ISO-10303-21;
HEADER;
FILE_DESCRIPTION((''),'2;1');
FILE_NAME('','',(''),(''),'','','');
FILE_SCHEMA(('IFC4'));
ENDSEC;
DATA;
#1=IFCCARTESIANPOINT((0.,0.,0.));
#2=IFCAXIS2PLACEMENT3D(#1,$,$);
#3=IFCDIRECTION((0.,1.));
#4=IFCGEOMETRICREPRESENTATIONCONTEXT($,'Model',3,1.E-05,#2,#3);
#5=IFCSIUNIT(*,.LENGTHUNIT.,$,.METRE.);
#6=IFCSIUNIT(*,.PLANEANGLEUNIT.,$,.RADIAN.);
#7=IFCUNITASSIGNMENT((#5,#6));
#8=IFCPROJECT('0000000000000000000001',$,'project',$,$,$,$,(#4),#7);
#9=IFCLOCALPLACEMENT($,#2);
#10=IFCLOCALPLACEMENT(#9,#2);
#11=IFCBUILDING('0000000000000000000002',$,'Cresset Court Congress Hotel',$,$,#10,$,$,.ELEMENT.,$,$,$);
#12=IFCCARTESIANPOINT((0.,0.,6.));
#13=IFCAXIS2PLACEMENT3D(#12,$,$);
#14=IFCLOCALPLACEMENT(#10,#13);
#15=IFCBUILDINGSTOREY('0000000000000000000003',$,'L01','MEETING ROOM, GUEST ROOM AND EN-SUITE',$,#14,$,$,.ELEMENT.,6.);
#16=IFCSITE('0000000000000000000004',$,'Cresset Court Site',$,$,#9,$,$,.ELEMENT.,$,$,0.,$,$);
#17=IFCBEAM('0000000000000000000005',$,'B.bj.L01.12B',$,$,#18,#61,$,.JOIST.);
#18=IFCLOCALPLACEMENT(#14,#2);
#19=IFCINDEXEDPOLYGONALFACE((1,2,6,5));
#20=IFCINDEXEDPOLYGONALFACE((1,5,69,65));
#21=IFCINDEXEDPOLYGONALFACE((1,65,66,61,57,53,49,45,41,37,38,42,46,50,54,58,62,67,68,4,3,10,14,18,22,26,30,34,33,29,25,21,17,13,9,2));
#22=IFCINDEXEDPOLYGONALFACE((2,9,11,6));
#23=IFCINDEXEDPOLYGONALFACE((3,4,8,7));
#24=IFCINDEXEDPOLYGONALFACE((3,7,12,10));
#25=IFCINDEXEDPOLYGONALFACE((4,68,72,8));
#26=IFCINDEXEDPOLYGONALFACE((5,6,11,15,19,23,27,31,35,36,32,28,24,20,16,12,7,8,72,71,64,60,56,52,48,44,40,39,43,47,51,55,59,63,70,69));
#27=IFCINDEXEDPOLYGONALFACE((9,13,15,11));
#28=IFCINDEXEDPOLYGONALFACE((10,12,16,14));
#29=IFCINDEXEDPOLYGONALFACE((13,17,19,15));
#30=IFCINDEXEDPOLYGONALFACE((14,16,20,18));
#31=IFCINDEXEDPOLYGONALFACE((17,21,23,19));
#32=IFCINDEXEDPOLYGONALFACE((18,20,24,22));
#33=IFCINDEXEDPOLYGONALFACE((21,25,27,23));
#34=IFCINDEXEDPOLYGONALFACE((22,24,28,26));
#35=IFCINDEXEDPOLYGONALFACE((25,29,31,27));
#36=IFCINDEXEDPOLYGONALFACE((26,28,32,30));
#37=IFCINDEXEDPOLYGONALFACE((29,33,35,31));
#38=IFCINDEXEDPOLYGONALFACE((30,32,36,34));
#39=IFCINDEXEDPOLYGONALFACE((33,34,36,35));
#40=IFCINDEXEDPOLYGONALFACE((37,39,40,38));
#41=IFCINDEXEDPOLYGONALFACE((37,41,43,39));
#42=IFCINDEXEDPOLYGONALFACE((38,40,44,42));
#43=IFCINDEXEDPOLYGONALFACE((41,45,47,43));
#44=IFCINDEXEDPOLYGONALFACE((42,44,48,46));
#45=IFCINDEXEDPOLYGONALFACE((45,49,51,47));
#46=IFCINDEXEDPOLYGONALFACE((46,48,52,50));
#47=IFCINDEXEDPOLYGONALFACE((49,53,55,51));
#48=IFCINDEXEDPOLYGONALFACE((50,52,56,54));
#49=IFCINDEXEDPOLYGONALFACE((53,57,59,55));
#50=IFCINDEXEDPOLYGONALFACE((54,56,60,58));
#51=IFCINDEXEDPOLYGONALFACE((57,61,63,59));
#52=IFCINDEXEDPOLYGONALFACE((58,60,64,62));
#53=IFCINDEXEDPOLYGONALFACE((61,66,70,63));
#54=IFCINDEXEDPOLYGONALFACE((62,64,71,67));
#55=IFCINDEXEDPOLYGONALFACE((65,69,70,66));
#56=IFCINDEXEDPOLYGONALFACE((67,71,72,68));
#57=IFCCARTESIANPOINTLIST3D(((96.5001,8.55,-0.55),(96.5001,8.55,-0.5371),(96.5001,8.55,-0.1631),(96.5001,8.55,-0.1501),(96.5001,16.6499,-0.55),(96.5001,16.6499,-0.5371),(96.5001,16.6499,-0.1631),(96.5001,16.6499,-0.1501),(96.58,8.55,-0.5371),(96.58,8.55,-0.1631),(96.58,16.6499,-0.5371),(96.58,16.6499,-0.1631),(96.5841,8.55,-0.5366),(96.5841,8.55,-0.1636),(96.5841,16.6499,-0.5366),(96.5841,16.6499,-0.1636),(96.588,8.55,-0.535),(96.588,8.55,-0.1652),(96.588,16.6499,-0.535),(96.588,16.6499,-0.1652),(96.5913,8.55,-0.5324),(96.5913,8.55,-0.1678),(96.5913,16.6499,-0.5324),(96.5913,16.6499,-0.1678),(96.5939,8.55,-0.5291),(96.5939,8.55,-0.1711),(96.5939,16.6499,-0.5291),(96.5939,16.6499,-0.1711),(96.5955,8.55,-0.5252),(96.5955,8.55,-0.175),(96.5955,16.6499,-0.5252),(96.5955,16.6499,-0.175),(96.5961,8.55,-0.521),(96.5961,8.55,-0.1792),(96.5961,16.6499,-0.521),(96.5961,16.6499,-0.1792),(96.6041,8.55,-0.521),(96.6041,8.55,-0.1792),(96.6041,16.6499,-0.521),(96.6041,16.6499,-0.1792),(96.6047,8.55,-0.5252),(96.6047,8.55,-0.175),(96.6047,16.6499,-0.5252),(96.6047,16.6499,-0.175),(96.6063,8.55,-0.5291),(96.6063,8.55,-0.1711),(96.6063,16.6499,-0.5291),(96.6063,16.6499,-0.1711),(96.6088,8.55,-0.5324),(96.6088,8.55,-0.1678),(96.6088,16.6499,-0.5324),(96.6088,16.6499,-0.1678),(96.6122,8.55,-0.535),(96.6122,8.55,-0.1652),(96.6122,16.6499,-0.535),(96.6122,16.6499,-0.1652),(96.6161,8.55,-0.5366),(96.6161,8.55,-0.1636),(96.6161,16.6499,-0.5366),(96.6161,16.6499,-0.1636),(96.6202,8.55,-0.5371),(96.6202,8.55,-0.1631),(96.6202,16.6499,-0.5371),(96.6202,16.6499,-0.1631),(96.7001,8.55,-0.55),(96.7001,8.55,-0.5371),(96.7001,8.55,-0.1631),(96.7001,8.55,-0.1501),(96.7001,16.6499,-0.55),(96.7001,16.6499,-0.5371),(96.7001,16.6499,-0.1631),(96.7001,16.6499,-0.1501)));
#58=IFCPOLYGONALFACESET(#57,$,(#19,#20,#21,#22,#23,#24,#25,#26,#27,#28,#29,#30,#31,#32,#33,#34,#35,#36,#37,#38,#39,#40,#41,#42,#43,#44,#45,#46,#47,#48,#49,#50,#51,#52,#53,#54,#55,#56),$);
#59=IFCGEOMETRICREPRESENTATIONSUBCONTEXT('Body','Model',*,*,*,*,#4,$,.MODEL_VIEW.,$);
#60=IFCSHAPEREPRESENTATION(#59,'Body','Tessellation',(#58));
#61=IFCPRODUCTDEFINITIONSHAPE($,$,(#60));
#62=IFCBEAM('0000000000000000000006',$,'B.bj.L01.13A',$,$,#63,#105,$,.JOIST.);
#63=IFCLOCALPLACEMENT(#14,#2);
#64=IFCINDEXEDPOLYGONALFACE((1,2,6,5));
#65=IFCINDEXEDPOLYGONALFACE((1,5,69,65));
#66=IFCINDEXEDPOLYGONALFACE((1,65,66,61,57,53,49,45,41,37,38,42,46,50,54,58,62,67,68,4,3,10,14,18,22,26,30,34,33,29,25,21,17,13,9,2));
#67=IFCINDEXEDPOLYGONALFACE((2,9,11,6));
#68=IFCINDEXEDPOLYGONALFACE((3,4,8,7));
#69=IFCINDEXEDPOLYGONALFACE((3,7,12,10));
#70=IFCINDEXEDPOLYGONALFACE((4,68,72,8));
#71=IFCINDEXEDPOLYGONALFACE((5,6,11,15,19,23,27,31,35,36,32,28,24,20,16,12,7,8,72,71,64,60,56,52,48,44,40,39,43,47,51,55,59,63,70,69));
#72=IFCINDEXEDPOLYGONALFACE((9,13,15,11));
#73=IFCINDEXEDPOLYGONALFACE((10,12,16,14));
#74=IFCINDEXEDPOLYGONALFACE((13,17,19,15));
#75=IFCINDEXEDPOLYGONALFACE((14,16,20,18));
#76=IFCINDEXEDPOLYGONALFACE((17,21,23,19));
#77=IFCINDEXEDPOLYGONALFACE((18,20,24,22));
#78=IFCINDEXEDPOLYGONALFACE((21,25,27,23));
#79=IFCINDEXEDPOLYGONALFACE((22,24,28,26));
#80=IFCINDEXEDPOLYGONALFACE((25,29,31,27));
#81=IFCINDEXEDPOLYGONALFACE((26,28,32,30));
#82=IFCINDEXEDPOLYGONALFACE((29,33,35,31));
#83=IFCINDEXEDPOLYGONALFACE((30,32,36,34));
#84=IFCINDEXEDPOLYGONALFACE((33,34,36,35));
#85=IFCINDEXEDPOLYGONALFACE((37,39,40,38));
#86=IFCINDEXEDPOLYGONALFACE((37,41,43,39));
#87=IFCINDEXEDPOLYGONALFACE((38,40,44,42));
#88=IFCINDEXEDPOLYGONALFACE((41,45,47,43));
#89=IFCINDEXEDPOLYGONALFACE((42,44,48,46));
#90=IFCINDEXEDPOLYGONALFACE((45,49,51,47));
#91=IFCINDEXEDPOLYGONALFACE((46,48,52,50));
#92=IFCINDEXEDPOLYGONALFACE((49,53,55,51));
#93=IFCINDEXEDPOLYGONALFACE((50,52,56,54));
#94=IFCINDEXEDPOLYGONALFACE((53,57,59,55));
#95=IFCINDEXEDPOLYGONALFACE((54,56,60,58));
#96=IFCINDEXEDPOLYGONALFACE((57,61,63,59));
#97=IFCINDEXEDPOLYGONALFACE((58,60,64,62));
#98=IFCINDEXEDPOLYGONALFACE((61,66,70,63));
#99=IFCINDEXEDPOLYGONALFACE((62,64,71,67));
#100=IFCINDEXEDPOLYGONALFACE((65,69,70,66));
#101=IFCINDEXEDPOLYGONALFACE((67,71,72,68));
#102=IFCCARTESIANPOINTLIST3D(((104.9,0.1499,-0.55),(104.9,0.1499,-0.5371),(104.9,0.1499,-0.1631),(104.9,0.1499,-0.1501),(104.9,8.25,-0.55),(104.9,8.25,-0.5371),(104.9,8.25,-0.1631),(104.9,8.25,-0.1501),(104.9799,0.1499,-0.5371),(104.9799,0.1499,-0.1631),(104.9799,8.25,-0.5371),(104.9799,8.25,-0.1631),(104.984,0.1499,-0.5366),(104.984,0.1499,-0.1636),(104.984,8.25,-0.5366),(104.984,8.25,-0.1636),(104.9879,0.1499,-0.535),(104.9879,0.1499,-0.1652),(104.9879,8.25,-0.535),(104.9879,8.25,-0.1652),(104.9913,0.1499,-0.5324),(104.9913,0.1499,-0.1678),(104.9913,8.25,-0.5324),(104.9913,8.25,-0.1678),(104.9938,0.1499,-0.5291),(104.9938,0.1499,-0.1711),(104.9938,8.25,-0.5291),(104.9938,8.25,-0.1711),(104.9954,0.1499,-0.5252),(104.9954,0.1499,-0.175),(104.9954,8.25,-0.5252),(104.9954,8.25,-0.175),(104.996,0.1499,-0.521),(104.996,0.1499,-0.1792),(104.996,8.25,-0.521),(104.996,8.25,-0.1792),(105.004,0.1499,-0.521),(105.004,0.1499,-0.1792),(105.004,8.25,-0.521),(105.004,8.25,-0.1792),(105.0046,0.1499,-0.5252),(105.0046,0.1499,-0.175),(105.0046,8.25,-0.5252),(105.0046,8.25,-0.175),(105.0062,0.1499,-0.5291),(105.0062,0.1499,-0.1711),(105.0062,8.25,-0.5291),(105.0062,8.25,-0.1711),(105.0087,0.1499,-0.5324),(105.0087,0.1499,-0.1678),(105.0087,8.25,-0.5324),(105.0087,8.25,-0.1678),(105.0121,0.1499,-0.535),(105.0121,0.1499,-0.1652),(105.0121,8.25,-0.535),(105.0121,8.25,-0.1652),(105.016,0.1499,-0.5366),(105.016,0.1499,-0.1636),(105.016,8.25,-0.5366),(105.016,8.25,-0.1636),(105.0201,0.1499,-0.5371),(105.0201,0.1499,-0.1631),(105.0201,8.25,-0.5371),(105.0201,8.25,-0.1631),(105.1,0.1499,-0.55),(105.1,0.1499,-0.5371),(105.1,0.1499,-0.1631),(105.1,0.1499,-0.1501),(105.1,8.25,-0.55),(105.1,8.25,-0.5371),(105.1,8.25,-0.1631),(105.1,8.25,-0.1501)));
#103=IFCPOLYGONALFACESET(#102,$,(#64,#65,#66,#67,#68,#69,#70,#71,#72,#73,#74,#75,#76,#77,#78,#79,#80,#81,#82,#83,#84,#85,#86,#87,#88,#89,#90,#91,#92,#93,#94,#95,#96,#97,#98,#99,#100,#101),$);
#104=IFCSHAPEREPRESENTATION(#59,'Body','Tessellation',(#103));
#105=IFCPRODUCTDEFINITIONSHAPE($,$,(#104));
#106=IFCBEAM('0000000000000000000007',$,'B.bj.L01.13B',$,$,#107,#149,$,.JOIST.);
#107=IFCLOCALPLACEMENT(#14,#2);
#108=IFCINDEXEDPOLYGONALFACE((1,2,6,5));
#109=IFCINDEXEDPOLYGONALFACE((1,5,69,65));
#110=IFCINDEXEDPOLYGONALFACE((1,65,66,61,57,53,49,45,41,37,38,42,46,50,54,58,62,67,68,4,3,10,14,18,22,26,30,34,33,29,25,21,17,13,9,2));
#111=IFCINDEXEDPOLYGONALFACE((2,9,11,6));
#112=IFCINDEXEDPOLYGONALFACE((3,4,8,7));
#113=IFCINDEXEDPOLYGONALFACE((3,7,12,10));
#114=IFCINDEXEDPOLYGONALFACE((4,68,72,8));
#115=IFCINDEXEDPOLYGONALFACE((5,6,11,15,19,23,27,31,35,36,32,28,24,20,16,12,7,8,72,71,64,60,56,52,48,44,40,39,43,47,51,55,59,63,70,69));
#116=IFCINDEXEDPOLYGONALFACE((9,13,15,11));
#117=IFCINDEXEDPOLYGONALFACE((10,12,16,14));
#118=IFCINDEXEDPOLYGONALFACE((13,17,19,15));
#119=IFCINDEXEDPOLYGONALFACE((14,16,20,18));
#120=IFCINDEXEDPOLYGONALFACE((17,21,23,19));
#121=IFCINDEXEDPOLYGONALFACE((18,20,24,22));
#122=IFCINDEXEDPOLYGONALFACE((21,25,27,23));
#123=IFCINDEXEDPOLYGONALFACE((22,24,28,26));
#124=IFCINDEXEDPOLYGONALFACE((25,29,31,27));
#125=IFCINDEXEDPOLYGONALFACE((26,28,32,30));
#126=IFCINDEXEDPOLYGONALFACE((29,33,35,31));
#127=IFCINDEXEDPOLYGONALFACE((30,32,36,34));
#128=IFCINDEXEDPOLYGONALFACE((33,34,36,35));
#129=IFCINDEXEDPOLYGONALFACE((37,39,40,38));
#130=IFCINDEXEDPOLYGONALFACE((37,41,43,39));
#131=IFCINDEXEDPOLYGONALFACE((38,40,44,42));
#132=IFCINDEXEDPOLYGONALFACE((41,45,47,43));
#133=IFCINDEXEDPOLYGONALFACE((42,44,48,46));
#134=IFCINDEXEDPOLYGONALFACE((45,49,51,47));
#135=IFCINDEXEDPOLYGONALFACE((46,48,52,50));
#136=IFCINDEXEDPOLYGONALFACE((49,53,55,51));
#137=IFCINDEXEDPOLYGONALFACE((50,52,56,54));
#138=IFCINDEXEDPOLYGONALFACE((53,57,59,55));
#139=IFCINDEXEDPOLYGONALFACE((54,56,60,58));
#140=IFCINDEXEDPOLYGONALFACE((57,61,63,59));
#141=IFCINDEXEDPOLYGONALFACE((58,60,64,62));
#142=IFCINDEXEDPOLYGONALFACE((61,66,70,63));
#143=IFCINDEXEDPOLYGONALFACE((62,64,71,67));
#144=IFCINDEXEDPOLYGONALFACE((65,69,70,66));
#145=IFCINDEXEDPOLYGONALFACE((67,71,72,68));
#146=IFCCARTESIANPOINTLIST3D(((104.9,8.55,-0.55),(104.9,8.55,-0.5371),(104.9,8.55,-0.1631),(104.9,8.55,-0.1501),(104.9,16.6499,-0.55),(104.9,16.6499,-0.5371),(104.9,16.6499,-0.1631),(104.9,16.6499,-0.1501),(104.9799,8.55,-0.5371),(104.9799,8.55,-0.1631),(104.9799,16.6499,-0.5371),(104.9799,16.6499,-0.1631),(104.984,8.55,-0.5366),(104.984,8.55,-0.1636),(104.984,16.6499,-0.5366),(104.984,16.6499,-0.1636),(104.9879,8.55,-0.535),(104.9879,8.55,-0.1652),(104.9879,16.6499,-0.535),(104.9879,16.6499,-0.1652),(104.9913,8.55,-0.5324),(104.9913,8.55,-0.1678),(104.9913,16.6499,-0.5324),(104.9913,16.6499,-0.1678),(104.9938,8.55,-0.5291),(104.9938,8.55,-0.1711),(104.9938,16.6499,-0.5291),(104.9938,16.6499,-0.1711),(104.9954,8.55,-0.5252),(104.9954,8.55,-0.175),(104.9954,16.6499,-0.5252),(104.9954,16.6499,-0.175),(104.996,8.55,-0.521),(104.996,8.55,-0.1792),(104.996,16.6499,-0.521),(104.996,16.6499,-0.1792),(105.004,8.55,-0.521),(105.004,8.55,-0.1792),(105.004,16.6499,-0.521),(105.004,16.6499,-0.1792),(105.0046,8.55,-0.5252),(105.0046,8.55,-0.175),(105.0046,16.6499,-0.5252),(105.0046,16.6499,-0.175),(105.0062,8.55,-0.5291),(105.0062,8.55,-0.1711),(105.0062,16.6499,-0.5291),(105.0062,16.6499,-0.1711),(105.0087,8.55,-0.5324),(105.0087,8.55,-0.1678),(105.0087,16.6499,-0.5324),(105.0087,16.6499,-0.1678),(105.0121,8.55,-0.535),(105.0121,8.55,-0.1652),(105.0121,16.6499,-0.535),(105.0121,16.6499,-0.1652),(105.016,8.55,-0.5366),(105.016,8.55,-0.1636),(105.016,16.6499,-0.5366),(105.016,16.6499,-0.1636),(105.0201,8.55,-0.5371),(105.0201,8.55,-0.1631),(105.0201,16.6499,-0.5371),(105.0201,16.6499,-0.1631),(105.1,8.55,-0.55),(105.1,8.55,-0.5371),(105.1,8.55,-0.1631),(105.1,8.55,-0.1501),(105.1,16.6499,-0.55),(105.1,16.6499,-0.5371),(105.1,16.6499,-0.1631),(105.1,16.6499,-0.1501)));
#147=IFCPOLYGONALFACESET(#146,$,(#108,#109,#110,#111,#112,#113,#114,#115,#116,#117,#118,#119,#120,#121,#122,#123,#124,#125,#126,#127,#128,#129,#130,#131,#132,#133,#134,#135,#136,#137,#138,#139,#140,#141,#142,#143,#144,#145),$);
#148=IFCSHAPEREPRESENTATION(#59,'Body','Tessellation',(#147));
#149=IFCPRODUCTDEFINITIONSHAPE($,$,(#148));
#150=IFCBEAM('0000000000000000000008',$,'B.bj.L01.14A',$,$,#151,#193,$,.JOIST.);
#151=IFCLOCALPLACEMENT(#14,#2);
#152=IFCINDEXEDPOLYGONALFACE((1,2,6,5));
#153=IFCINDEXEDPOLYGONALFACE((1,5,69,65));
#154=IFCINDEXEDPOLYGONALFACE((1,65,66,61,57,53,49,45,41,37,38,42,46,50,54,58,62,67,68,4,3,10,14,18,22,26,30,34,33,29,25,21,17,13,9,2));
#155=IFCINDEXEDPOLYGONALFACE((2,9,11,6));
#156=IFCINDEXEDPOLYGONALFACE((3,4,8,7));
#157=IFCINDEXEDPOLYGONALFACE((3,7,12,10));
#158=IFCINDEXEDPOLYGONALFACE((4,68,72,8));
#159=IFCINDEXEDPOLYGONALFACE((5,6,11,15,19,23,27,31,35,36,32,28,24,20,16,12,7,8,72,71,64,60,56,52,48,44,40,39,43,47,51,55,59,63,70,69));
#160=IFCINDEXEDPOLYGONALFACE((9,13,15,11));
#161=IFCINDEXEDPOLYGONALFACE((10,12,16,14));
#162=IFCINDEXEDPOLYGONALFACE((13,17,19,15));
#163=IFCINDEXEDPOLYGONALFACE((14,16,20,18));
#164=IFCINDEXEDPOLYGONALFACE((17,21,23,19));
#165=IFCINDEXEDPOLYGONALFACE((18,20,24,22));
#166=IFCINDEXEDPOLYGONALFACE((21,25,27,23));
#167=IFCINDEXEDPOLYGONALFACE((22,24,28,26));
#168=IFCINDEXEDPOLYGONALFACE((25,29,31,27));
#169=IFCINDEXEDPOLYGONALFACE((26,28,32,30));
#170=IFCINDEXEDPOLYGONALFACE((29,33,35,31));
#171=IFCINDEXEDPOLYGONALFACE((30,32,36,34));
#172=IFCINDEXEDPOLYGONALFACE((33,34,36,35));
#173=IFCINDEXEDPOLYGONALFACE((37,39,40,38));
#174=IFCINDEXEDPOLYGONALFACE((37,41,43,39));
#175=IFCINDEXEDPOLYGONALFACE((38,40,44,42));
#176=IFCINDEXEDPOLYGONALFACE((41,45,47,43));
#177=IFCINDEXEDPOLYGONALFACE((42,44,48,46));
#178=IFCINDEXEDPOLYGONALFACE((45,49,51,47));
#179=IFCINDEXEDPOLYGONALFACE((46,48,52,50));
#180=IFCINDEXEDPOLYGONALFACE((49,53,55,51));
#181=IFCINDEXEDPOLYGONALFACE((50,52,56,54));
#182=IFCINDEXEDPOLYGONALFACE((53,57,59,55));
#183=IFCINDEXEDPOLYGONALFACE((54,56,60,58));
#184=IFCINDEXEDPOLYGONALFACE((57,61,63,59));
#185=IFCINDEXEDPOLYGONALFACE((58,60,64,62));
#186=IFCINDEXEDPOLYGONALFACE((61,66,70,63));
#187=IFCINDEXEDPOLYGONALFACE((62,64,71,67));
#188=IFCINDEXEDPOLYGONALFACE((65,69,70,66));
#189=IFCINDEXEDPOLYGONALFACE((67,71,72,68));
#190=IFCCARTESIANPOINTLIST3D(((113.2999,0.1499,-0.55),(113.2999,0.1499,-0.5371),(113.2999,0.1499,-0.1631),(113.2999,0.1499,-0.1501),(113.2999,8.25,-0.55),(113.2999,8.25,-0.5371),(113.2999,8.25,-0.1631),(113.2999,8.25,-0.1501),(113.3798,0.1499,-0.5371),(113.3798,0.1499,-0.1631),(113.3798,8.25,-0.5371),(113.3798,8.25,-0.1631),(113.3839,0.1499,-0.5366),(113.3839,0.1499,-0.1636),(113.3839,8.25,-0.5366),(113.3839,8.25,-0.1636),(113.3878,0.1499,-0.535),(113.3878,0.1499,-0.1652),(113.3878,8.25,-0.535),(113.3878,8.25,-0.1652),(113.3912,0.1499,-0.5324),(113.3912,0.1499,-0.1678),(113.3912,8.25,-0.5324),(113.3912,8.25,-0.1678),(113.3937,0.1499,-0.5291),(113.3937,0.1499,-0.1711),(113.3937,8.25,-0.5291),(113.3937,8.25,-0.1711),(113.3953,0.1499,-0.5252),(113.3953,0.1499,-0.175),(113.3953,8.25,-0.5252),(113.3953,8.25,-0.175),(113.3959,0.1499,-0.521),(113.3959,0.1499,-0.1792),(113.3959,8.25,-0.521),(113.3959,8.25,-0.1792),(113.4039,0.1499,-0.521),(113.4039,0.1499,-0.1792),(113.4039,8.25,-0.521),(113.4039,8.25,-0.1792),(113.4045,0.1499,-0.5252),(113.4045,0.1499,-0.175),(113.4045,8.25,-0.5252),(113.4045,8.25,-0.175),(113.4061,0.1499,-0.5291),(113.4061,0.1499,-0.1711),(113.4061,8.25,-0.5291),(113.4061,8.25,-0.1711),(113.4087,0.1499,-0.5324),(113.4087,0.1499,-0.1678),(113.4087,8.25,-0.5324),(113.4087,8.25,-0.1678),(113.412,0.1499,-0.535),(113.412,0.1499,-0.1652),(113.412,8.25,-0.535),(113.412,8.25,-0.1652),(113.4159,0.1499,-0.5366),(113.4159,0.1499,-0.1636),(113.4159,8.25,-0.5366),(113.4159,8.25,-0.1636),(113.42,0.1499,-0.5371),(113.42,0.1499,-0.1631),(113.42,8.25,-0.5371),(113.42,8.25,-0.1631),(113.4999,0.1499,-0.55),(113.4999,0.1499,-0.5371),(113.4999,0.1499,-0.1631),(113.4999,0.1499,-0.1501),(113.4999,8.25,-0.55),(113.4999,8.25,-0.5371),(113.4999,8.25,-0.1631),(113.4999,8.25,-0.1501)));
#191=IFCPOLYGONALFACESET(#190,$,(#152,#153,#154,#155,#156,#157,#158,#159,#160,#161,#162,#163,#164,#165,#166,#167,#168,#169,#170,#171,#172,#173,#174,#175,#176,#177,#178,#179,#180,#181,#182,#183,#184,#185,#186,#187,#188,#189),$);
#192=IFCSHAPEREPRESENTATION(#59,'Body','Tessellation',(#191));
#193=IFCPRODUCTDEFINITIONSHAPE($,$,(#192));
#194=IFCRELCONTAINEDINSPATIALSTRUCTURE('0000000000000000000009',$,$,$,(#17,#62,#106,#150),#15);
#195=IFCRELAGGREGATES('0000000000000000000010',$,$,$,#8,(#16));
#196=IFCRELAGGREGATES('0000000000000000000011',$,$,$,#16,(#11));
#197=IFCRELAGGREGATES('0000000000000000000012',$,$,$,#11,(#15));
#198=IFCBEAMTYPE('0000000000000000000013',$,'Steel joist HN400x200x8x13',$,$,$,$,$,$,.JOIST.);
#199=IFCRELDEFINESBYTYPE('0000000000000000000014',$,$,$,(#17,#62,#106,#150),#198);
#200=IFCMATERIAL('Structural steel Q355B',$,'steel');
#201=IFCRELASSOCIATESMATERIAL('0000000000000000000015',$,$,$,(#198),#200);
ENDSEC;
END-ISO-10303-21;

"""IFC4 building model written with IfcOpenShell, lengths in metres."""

from ifc_helpers import new_model, si_unit, direction, frame, origin, origin_2d, place, context, subcontext, project, spatial, i_section, extrude, material, material_profile, profile_set, type_object, element, save


model = new_model("IFC4")

# Units and contexts
model_context = context("Model", 3, precision=1e-05, world=origin(), true_north=direction((0.0, 1.0)))
body_context = subcontext(model_context, "Body", "Model", "MODEL_VIEW")
ifc_project = project(units=[si_unit("LENGTHUNIT", "METRE"), si_unit("PLANEANGLEUNIT", "RADIAN")], contexts=[model_context])

# Site, building, storey
site_placement = place(None, origin())
site = spatial("IfcSite", under=ifc_project, at=site_placement, Name="Cresset Court Site", CompositionType="ELEMENT", RefElevation=0.0)
building_placement = place(site_placement, origin())
building = spatial("IfcBuilding", under=site, at=building_placement, Name="Cresset Court Congress Hotel", CompositionType="ELEMENT")
storey_placement = place(building_placement, frame((0.0, 0.0, 6.0)))
storey = spatial("IfcBuildingStorey", under=building, at=storey_placement, Name="L01", Description="MEETING ROOM, GUEST ROOM AND EN-SUITE", CompositionType="ELEMENT", Elevation=6.0)

# Beams
ifc_material_1 = material(Name="Structural steel Q355B", Category="steel")
ifc_material_profile_1 = material_profile(ifc_material_1, i_section(OverallWidth=0.2, OverallDepth=0.3999, WebThickness=0.0081, FlangeThickness=0.0129, FilletRadius=0.0161, at=origin_2d()), Name="HN400x200x8x13")
ifc_profile_set_1 = profile_set([ifc_material_profile_1], Name="Structural steel Q355B")
beam_type_1 = type_object("IfcBeamType", Name="Steel joist HN400x200x8x13", PredefinedType="JOIST", material=ifc_profile_set_1)
beam_1_placement = place(storey_placement, frame((96.6001, 8.55, -0.3501), z_axis=(0.0, 1.0, 0.0), x_axis=(-1.0, 0.0, 0.0)))
element("IfcBeam", 1, at=beam_1_placement, inside=storey, type_object=beam_type_1, Name="B.bj.L01.12B", PredefinedType="JOIST", context=body_context, shape_type="SweptSolid", body=[
    extrude(i_section(OverallWidth=0.2, OverallDepth=0.3999, WebThickness=0.0081, FlangeThickness=0.0129, FilletRadius=0.0161, at=origin_2d()), origin(), (0.0, 0.0, 1.0), 8.0999),
])
beam_2_placement = place(storey_placement, frame((105.0, 0.1499, -0.3501), z_axis=(0.0, 1.0, 0.0), x_axis=(-1.0, 0.0, 0.0)))
element("IfcBeam", 2, at=beam_2_placement, inside=storey, type_object=beam_type_1, Name="B.bj.L01.13A", PredefinedType="JOIST", context=body_context, shape_type="SweptSolid", body=[
    extrude(i_section(OverallWidth=0.2, OverallDepth=0.3999, WebThickness=0.0081, FlangeThickness=0.0129, FilletRadius=0.0161, at=origin_2d()), origin(), (0.0, 0.0, 1.0), 8.1001),
])
beam_3_placement = place(storey_placement, frame((105.0, 8.55, -0.3501), z_axis=(0.0, 1.0, 0.0), x_axis=(-1.0, 0.0, 0.0)))
element("IfcBeam", 3, at=beam_3_placement, inside=storey, type_object=beam_type_1, Name="B.bj.L01.13B", PredefinedType="JOIST", context=body_context, shape_type="SweptSolid", body=[
    extrude(i_section(OverallWidth=0.2, OverallDepth=0.3999, WebThickness=0.0081, FlangeThickness=0.0129, FilletRadius=0.0161, at=origin_2d()), origin(), (0.0, 0.0, 1.0), 8.0999),
])
beam_4_placement = place(storey_placement, frame((113.3999, 0.1499, -0.3501), z_axis=(0.0, 1.0, 0.0), x_axis=(-1.0, 0.0, 0.0)))
element("IfcBeam", 4, at=beam_4_placement, inside=storey, type_object=beam_type_1, Name="B.bj.L01.14A", PredefinedType="JOIST", context=body_context, shape_type="SweptSolid", body=[
    extrude(i_section(OverallWidth=0.2, OverallDepth=0.3999, WebThickness=0.0081, FlangeThickness=0.0129, FilletRadius=0.0161, at=origin_2d()), origin(), (0.0, 0.0, 1.0), 8.1001),
])

save(model, "model.ifc")
